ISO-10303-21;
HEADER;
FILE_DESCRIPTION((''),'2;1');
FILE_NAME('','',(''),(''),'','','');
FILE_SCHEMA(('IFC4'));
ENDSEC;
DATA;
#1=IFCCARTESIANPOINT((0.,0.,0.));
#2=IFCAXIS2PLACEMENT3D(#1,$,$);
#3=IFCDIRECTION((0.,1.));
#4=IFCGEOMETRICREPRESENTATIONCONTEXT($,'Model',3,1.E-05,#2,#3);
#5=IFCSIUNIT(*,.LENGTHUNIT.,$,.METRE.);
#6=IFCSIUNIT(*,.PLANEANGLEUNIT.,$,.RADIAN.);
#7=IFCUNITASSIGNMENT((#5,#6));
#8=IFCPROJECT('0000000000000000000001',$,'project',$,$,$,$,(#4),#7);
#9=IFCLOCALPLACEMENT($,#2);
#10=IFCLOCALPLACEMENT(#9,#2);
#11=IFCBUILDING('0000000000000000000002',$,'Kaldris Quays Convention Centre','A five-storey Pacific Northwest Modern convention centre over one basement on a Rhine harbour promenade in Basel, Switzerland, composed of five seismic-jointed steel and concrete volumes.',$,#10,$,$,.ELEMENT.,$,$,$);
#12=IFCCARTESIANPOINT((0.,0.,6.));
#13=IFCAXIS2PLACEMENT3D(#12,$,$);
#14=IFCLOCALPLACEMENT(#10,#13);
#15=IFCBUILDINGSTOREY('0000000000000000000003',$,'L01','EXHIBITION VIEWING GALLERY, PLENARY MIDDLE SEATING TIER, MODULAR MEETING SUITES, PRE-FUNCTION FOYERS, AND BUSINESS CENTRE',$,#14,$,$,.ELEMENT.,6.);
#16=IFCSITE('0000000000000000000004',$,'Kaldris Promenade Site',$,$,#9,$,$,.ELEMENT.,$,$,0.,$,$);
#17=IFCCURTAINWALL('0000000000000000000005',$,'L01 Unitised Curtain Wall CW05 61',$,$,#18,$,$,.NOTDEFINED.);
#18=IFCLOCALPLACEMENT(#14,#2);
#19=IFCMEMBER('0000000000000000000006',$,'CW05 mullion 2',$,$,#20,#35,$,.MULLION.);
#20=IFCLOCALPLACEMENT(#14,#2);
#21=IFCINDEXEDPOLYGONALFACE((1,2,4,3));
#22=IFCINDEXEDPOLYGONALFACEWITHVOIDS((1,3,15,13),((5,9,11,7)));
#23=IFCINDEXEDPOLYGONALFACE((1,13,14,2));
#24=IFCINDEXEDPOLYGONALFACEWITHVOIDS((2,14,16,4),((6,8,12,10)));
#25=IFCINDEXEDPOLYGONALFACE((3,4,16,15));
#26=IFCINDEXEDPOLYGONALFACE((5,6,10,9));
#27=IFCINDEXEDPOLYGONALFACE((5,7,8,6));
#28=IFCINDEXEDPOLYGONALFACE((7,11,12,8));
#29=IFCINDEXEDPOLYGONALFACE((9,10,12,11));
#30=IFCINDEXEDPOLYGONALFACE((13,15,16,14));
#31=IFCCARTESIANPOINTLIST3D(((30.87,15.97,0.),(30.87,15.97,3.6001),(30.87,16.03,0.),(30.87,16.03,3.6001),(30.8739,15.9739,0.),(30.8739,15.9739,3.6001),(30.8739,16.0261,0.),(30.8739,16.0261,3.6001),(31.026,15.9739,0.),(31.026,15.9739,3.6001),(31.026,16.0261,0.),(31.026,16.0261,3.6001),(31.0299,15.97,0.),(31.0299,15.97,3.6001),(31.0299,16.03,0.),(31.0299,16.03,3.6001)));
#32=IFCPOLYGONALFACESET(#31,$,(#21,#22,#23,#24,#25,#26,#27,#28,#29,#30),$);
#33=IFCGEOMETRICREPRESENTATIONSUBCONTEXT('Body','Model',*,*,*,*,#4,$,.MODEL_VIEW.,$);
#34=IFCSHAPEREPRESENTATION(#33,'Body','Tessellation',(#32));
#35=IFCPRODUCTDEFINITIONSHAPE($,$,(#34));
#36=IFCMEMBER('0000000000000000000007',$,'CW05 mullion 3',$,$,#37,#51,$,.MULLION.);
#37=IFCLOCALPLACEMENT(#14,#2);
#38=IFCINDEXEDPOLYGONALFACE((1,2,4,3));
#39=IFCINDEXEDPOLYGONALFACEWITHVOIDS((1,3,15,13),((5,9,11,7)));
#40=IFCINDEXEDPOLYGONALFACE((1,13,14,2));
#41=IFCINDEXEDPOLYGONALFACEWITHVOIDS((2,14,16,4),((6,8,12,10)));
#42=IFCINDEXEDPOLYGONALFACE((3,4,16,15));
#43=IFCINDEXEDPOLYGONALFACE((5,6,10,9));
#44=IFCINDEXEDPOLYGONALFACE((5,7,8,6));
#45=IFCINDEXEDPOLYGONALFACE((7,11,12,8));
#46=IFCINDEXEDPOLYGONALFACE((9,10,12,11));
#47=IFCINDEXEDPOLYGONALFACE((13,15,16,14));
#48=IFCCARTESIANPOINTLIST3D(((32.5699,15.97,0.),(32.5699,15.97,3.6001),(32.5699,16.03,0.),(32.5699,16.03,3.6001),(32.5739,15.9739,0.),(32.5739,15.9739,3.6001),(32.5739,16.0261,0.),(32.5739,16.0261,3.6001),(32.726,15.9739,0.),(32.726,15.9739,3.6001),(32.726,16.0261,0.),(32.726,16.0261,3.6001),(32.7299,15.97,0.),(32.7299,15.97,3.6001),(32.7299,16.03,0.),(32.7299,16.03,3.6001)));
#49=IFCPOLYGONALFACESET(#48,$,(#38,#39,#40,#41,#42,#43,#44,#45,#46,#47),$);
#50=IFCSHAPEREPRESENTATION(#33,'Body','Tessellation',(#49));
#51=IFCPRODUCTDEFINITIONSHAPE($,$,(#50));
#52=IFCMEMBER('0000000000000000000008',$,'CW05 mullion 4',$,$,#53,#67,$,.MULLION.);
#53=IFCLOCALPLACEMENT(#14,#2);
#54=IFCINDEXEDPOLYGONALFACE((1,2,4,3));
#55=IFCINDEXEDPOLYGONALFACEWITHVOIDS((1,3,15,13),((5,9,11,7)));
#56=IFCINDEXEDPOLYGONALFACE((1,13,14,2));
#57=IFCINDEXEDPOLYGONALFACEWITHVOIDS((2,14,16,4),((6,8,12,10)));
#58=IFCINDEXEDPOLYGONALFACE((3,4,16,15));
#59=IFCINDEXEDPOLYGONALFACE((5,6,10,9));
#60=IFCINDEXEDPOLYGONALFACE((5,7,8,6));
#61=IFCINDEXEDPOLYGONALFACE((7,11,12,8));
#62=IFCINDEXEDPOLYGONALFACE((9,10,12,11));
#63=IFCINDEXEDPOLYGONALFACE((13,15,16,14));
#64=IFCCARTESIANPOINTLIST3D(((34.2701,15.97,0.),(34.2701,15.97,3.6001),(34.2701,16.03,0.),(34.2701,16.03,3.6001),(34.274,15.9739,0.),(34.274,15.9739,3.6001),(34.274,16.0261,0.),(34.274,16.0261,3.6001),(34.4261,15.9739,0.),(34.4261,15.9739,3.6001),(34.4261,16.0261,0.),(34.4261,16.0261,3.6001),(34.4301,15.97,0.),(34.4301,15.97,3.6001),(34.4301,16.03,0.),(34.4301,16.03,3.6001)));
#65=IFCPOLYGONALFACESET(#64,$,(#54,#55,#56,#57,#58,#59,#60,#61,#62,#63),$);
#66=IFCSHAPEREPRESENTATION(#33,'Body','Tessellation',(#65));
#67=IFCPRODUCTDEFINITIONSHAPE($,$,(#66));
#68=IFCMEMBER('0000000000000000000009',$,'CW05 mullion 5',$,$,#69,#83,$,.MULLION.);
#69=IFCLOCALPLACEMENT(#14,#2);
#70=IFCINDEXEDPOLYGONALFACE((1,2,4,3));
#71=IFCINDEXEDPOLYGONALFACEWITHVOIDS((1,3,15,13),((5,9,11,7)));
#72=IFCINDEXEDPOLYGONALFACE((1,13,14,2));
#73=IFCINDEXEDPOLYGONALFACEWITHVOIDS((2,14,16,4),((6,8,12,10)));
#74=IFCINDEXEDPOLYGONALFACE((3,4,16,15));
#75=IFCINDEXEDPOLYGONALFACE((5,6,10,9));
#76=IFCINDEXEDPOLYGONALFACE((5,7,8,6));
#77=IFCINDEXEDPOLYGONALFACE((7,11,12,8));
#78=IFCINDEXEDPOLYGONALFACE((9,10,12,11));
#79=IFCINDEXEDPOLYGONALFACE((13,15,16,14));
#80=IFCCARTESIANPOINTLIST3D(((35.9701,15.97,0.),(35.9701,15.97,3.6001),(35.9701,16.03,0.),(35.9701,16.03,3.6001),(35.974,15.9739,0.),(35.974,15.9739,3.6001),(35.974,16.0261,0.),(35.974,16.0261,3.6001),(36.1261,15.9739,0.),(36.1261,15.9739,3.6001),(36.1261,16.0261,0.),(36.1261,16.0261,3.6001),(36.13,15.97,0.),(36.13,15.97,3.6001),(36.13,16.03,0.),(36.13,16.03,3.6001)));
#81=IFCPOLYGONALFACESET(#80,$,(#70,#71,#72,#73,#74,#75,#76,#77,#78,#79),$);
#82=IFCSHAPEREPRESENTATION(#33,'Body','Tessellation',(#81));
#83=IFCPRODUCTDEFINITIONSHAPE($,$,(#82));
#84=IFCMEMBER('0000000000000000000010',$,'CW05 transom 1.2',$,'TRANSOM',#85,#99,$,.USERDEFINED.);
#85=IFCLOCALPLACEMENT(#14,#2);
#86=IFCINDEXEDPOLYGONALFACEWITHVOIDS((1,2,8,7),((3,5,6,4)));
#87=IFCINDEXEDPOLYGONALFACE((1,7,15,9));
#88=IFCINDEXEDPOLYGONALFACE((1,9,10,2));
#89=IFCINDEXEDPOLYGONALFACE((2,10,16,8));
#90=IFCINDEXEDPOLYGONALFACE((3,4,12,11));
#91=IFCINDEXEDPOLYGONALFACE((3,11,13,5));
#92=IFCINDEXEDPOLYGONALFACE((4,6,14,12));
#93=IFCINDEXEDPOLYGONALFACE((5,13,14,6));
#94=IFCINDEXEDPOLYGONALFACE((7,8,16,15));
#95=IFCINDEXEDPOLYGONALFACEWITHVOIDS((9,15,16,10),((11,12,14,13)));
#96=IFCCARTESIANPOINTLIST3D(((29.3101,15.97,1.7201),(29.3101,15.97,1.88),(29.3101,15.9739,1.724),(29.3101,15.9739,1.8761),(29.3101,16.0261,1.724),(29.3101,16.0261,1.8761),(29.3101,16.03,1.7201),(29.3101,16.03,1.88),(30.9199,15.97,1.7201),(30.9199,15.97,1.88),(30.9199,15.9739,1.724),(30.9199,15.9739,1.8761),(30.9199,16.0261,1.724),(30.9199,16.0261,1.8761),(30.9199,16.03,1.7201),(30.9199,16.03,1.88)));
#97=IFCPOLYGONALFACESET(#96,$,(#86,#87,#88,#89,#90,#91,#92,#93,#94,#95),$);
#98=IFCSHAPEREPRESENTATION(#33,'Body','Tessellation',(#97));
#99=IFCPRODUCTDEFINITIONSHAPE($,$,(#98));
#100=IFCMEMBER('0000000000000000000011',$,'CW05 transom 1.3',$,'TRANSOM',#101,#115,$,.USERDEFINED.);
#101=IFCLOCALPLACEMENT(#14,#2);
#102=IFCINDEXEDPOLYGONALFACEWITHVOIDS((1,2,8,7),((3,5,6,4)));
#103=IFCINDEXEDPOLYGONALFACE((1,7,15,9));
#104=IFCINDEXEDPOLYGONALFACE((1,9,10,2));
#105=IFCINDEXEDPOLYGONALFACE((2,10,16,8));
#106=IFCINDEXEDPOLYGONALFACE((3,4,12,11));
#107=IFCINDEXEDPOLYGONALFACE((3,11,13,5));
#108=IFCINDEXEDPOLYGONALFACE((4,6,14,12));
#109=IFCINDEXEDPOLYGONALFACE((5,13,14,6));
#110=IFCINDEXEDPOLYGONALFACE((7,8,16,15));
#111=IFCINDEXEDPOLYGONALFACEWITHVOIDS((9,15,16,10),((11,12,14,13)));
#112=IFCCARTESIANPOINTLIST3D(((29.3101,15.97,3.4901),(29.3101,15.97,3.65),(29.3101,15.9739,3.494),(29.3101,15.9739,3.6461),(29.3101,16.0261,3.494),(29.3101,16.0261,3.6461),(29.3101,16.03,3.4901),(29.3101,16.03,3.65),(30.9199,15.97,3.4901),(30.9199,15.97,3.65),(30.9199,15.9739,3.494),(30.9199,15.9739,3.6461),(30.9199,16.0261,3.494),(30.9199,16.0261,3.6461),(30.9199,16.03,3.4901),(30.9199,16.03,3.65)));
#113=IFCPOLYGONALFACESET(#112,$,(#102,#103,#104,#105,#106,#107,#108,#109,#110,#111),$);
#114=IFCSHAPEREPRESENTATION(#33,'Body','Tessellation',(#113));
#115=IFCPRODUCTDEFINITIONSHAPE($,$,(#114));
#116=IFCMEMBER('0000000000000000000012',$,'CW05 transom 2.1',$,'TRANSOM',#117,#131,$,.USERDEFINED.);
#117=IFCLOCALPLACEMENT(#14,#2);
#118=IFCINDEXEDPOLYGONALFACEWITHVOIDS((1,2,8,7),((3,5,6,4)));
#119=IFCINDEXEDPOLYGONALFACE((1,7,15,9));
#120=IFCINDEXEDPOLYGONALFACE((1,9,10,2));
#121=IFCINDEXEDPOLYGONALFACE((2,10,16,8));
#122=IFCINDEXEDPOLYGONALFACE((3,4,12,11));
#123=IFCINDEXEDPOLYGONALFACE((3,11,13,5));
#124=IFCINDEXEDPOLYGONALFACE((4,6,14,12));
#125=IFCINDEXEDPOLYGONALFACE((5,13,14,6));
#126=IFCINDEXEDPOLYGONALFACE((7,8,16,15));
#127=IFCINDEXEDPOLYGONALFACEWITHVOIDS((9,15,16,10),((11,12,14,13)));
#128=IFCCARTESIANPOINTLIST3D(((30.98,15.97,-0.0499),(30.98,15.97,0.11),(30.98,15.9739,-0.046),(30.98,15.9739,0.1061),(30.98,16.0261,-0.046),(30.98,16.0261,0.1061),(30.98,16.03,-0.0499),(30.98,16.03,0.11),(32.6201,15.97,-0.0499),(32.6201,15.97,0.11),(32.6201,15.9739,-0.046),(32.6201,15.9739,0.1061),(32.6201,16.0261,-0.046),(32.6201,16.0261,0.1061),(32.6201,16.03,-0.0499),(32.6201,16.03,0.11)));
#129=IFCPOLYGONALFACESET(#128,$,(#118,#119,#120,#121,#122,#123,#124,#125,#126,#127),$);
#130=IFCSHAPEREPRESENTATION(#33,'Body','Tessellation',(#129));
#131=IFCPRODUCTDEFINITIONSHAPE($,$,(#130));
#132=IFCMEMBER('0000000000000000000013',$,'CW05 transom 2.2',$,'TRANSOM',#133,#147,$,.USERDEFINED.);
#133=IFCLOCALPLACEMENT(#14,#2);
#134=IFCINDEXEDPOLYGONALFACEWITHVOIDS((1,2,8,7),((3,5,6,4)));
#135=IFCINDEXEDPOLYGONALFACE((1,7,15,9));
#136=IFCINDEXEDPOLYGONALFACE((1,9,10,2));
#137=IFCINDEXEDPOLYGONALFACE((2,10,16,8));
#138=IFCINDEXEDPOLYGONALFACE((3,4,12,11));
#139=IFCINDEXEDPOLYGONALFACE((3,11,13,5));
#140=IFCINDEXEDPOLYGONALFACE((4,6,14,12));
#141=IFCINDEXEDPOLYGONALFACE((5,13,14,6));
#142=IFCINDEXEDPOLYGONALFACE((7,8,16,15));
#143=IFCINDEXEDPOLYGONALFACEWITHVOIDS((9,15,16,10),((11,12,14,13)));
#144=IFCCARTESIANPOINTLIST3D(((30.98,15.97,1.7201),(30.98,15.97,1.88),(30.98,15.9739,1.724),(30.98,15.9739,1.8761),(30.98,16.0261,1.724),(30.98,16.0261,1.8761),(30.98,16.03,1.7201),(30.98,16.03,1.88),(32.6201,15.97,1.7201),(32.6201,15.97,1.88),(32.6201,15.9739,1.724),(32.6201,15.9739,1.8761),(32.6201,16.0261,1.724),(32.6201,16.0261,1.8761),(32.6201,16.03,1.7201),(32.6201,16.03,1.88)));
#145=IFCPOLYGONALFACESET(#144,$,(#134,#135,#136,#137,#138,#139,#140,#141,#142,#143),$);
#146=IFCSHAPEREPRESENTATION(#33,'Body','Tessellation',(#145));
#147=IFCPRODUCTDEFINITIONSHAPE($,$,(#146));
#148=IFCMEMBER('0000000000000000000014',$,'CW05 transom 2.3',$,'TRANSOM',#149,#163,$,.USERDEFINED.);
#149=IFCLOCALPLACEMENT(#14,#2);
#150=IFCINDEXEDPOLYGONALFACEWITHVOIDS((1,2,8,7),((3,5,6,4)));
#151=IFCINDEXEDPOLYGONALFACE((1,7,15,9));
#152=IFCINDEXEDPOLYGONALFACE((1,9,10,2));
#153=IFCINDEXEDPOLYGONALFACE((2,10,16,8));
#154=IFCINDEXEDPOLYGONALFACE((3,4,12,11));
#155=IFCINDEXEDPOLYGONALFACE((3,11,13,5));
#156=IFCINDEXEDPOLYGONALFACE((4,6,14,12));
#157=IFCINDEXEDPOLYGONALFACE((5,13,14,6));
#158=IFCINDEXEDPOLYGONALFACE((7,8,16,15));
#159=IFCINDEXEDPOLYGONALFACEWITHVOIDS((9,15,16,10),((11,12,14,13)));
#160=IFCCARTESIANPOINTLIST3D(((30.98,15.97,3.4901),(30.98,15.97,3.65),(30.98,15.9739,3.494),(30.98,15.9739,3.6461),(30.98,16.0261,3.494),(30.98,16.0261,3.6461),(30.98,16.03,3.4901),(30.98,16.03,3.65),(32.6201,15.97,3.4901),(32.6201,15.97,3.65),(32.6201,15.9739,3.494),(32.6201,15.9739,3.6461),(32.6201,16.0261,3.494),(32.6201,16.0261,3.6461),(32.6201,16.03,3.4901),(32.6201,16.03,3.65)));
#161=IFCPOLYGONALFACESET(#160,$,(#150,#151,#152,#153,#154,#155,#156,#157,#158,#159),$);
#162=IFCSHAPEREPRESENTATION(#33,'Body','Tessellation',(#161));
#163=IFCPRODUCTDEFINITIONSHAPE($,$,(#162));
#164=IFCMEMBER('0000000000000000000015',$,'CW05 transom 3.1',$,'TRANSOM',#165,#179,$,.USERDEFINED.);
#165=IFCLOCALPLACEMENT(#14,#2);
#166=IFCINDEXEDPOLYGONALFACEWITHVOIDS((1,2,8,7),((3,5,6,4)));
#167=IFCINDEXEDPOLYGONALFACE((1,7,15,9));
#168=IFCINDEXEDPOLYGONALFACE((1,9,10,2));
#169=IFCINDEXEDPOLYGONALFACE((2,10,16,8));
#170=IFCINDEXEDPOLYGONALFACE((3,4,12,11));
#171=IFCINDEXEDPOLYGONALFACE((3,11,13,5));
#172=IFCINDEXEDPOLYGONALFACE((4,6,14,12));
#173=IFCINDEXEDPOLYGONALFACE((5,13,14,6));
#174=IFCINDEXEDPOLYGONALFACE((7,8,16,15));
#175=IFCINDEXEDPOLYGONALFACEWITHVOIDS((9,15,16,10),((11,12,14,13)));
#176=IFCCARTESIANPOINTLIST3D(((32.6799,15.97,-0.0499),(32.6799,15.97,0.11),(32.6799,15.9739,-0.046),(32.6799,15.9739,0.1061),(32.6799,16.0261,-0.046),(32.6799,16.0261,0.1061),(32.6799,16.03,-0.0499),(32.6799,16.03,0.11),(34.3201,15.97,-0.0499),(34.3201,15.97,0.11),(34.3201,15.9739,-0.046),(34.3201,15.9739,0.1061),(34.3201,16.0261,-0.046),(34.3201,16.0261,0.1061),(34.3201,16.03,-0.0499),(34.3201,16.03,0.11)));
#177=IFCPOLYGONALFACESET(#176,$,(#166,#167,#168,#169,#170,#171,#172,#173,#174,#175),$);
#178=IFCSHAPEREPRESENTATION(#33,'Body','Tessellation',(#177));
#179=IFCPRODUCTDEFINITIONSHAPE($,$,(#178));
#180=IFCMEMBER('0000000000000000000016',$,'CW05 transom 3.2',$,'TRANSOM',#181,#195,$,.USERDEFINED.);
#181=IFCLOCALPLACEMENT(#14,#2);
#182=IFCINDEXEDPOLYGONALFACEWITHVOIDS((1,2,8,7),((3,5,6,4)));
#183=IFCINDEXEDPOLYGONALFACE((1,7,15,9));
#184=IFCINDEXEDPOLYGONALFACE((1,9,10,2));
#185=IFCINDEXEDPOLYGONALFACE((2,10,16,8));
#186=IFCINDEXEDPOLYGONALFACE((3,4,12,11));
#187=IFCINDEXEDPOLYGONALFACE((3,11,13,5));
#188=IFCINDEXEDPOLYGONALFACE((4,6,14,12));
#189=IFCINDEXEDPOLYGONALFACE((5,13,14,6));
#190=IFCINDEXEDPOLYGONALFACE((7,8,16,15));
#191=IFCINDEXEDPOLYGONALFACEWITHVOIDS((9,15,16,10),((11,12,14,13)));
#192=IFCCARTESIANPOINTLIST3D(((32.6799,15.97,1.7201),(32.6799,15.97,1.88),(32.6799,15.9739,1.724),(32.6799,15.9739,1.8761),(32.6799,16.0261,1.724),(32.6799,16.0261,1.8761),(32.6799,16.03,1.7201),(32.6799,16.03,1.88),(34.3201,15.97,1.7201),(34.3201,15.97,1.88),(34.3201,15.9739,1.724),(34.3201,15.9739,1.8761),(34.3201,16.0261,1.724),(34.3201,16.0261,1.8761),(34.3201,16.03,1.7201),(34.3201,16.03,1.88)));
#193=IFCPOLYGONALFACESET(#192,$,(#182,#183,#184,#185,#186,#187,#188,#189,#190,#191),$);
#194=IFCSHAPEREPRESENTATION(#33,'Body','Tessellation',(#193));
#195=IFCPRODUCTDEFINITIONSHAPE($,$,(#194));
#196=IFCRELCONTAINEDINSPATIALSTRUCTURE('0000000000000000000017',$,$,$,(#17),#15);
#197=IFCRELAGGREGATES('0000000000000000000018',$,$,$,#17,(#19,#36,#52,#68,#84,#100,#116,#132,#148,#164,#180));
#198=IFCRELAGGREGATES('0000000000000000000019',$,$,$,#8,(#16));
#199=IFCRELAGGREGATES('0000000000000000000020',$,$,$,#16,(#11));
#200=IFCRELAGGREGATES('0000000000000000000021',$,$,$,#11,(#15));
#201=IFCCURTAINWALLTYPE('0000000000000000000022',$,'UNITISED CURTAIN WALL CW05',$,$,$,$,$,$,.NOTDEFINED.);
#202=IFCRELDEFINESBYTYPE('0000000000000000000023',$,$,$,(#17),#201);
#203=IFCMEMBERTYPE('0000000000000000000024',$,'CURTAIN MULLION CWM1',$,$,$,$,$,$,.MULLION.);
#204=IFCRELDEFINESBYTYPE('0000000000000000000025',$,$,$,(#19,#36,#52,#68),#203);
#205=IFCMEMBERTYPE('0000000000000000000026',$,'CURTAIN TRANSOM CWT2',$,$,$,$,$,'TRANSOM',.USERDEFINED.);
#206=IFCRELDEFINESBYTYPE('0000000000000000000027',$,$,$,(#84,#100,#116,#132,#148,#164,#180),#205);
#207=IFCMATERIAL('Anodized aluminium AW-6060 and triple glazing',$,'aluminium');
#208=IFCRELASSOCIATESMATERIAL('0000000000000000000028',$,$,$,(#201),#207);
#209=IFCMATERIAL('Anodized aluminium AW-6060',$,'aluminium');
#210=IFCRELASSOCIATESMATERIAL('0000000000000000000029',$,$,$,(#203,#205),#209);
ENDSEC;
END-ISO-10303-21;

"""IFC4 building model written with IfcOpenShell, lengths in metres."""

from ifc_helpers import new_model, si_unit, direction, frame, origin, origin_2d, place, context, subcontext, project, spatial, hollow_rectangle, extrude, material, material_profile, profile_set, type_object, element, aggregate, save


model = new_model("IFC4")

# Units and contexts
model_context = context("Model", 3, precision=1e-05, world=origin(), true_north=direction((0.0, 1.0)))
body_context = subcontext(model_context, "Body", "Model", "MODEL_VIEW")
ifc_project = project(units=[si_unit("LENGTHUNIT", "METRE"), si_unit("PLANEANGLEUNIT", "RADIAN")], contexts=[model_context])

# Site, building, storey
site_placement = place(None, origin())
site = spatial("IfcSite", under=ifc_project, at=site_placement, Name="Kaldris Promenade Site", CompositionType="ELEMENT", RefElevation=0.0)
building_placement = place(site_placement, origin())
building = spatial("IfcBuilding", under=site, at=building_placement, Name="Kaldris Quays Convention Centre", Description="A five-storey Pacific Northwest Modern convention centre over one basement on a Rhine harbour promenade in Basel, Switzerland, composed of five seismic-jointed steel and concrete volumes.", CompositionType="ELEMENT")
storey_placement = place(building_placement, frame((0.0, 0.0, 6.0)))
storey = spatial("IfcBuildingStorey", under=building, at=storey_placement, Name="L01", Description="EXHIBITION VIEWING GALLERY, PLENARY MIDDLE SEATING TIER, MODULAR MEETING SUITES, PRE-FUNCTION FOYERS, AND BUSINESS CENTRE", CompositionType="ELEMENT", Elevation=6.0)

# Curtain wall, members
ifc_material_1 = material(Name="Anodized aluminium AW-6060 and triple glazing", Category="aluminium")
curtain_wall_type = type_object("IfcCurtainWallType", Name="UNITISED CURTAIN WALL CW05", PredefinedType="NOTDEFINED", material=ifc_material_1)
curtain_wall_placement = place(storey_placement, origin())
curtain_wall = element("IfcCurtainWall", 1, at=curtain_wall_placement, inside=storey, type_object=curtain_wall_type, Name="L01 Unitised Curtain Wall CW05 61", PredefinedType="NOTDEFINED")
ifc_material_2 = material(Name="Anodized aluminium AW-6060", Category="aluminium")
ifc_material_profile_1 = material_profile(ifc_material_2, hollow_rectangle(XDim=0.0601, YDim=0.1599, WallThickness=0.0039, at=origin_2d()), Name="RHS 160x60x4")
ifc_profile_set_1 = profile_set([ifc_material_profile_1], Name="Anodized aluminium AW-6060")
member_type_1 = type_object("IfcMemberType", Name="CURTAIN MULLION CWM1", PredefinedType="MULLION", material=ifc_profile_set_1)
member_1_placement = place(storey_placement, frame((30.95, 16.0, 0.0), z_axis=(0.0, 0.0, 1.0), x_axis=(0.0, 1.0, 0.0)))
member_1 = element("IfcMember", 2, at=member_1_placement, type_object=member_type_1, Name="CW05 mullion 2", PredefinedType="MULLION", context=body_context, shape_type="SweptSolid", body=[
    extrude(hollow_rectangle(XDim=0.0601, YDim=0.1599, WallThickness=0.0039, at=origin_2d()), origin(), (0.0, 0.0, 1.0), 3.6001),
])
member_2_placement = place(storey_placement, frame((32.6499, 16.0, 0.0), z_axis=(0.0, 0.0, 1.0), x_axis=(0.0, 1.0, 0.0)))
member_2 = element("IfcMember", 3, at=member_2_placement, type_object=member_type_1, Name="CW05 mullion 3", PredefinedType="MULLION", context=body_context, shape_type="SweptSolid", body=[
    extrude(hollow_rectangle(XDim=0.0601, YDim=0.1599, WallThickness=0.0039, at=origin_2d()), origin(), (0.0, 0.0, 1.0), 3.6001),
])
member_3_placement = place(storey_placement, frame((34.3501, 16.0, 0.0), z_axis=(0.0, 0.0, 1.0), x_axis=(0.0, 1.0, 0.0)))
member_3 = element("IfcMember", 4, at=member_3_placement, type_object=member_type_1, Name="CW05 mullion 4", PredefinedType="MULLION", context=body_context, shape_type="SweptSolid", body=[
    extrude(hollow_rectangle(XDim=0.0601, YDim=0.1599, WallThickness=0.0039, at=origin_2d()), origin(), (0.0, 0.0, 1.0), 3.6001),
])
member_4_placement = place(storey_placement, frame((36.05, 16.0, 0.0), z_axis=(0.0, 0.0, 1.0), x_axis=(0.0, 1.0, 0.0)))
member_4 = element("IfcMember", 5, at=member_4_placement, type_object=member_type_1, Name="CW05 mullion 5", PredefinedType="MULLION", context=body_context, shape_type="SweptSolid", body=[
    extrude(hollow_rectangle(XDim=0.0601, YDim=0.1599, WallThickness=0.0039, at=origin_2d()), origin(), (0.0, 0.0, 1.0), 3.6001),
])
ifc_material_profile_2 = material_profile(ifc_material_2, hollow_rectangle(XDim=0.0601, YDim=0.1599, WallThickness=0.0039, at=origin_2d()), Name="RHS 160x60x4")
ifc_profile_set_2 = profile_set([ifc_material_profile_2], Name="Anodized aluminium AW-6060")
member_type_2 = type_object("IfcMemberType", Name="CURTAIN TRANSOM CWT2", ElementType="TRANSOM", PredefinedType="USERDEFINED", material=ifc_profile_set_2)
member_5_placement = place(storey_placement, frame((29.3101, 16.0, 1.8), z_axis=(1.0, 0.0, 0.0), x_axis=(0.0, 1.0, 0.0)))
member_5 = element("IfcMember", 6, at=member_5_placement, type_object=member_type_2, Name="CW05 transom 1.2", ObjectType="TRANSOM", PredefinedType="USERDEFINED", context=body_context, shape_type="SweptSolid", body=[
    extrude(hollow_rectangle(XDim=0.0601, YDim=0.1599, WallThickness=0.0039, at=origin_2d()), origin(), (0.0, 0.0, 1.0), 1.6099),
])
member_6_placement = place(storey_placement, frame((29.3101, 16.0, 3.5701), z_axis=(1.0, 0.0, 0.0), x_axis=(0.0, 1.0, 0.0)))
member_6 = element("IfcMember", 7, at=member_6_placement, type_object=member_type_2, Name="CW05 transom 1.3", ObjectType="TRANSOM", PredefinedType="USERDEFINED", context=body_context, shape_type="SweptSolid", body=[
    extrude(hollow_rectangle(XDim=0.0601, YDim=0.1599, WallThickness=0.0039, at=origin_2d()), origin(), (0.0, 0.0, 1.0), 1.6099),
])
member_7_placement = place(storey_placement, frame((30.98, 16.0, 0.03), z_axis=(1.0, 0.0, 0.0), x_axis=(0.0, 1.0, 0.0)))
member_7 = element("IfcMember", 8, at=member_7_placement, type_object=member_type_2, Name="CW05 transom 2.1", ObjectType="TRANSOM", PredefinedType="USERDEFINED", context=body_context, shape_type="SweptSolid", body=[
    extrude(hollow_rectangle(XDim=0.0601, YDim=0.1599, WallThickness=0.0039, at=origin_2d()), origin(), (0.0, 0.0, 1.0), 1.6401),
])
member_8_placement = place(storey_placement, frame((30.98, 16.0, 1.8), z_axis=(1.0, 0.0, 0.0), x_axis=(0.0, 1.0, 0.0)))
member_8 = element("IfcMember", 9, at=member_8_placement, type_object=member_type_2, Name="CW05 transom 2.2", ObjectType="TRANSOM", PredefinedType="USERDEFINED", context=body_context, shape_type="SweptSolid", body=[
    extrude(hollow_rectangle(XDim=0.0601, YDim=0.1599, WallThickness=0.0039, at=origin_2d()), origin(), (0.0, 0.0, 1.0), 1.6401),
])
member_9_placement = place(storey_placement, frame((30.98, 16.0, 3.5701), z_axis=(1.0, 0.0, 0.0), x_axis=(0.0, 1.0, 0.0)))
member_9 = element("IfcMember", 10, at=member_9_placement, type_object=member_type_2, Name="CW05 transom 2.3", ObjectType="TRANSOM", PredefinedType="USERDEFINED", context=body_context, shape_type="SweptSolid", body=[
    extrude(hollow_rectangle(XDim=0.0601, YDim=0.1599, WallThickness=0.0039, at=origin_2d()), origin(), (0.0, 0.0, 1.0), 1.6401),
])
member_10_placement = place(storey_placement, frame((32.6799, 16.0, 0.03), z_axis=(1.0, 0.0, 0.0), x_axis=(0.0, 1.0, 0.0)))
member_10 = element("IfcMember", 11, at=member_10_placement, type_object=member_type_2, Name="CW05 transom 3.1", ObjectType="TRANSOM", PredefinedType="USERDEFINED", context=body_context, shape_type="SweptSolid", body=[
    extrude(hollow_rectangle(XDim=0.0601, YDim=0.1599, WallThickness=0.0039, at=origin_2d()), origin(), (0.0, 0.0, 1.0), 1.6401),
])
member_11_placement = place(storey_placement, frame((32.6799, 16.0, 1.8), z_axis=(1.0, 0.0, 0.0), x_axis=(0.0, 1.0, 0.0)))
member_11 = element("IfcMember", 12, at=member_11_placement, type_object=member_type_2, Name="CW05 transom 3.2", ObjectType="TRANSOM", PredefinedType="USERDEFINED", context=body_context, shape_type="SweptSolid", body=[
    extrude(hollow_rectangle(XDim=0.0601, YDim=0.1599, WallThickness=0.0039, at=origin_2d()), origin(), (0.0, 0.0, 1.0), 1.6401),
])
aggregate(curtain_wall, [member_1, member_2, member_3, member_4, member_5, member_6, member_7, member_8, member_9, member_10, member_11])

save(model, "model.ifc")
